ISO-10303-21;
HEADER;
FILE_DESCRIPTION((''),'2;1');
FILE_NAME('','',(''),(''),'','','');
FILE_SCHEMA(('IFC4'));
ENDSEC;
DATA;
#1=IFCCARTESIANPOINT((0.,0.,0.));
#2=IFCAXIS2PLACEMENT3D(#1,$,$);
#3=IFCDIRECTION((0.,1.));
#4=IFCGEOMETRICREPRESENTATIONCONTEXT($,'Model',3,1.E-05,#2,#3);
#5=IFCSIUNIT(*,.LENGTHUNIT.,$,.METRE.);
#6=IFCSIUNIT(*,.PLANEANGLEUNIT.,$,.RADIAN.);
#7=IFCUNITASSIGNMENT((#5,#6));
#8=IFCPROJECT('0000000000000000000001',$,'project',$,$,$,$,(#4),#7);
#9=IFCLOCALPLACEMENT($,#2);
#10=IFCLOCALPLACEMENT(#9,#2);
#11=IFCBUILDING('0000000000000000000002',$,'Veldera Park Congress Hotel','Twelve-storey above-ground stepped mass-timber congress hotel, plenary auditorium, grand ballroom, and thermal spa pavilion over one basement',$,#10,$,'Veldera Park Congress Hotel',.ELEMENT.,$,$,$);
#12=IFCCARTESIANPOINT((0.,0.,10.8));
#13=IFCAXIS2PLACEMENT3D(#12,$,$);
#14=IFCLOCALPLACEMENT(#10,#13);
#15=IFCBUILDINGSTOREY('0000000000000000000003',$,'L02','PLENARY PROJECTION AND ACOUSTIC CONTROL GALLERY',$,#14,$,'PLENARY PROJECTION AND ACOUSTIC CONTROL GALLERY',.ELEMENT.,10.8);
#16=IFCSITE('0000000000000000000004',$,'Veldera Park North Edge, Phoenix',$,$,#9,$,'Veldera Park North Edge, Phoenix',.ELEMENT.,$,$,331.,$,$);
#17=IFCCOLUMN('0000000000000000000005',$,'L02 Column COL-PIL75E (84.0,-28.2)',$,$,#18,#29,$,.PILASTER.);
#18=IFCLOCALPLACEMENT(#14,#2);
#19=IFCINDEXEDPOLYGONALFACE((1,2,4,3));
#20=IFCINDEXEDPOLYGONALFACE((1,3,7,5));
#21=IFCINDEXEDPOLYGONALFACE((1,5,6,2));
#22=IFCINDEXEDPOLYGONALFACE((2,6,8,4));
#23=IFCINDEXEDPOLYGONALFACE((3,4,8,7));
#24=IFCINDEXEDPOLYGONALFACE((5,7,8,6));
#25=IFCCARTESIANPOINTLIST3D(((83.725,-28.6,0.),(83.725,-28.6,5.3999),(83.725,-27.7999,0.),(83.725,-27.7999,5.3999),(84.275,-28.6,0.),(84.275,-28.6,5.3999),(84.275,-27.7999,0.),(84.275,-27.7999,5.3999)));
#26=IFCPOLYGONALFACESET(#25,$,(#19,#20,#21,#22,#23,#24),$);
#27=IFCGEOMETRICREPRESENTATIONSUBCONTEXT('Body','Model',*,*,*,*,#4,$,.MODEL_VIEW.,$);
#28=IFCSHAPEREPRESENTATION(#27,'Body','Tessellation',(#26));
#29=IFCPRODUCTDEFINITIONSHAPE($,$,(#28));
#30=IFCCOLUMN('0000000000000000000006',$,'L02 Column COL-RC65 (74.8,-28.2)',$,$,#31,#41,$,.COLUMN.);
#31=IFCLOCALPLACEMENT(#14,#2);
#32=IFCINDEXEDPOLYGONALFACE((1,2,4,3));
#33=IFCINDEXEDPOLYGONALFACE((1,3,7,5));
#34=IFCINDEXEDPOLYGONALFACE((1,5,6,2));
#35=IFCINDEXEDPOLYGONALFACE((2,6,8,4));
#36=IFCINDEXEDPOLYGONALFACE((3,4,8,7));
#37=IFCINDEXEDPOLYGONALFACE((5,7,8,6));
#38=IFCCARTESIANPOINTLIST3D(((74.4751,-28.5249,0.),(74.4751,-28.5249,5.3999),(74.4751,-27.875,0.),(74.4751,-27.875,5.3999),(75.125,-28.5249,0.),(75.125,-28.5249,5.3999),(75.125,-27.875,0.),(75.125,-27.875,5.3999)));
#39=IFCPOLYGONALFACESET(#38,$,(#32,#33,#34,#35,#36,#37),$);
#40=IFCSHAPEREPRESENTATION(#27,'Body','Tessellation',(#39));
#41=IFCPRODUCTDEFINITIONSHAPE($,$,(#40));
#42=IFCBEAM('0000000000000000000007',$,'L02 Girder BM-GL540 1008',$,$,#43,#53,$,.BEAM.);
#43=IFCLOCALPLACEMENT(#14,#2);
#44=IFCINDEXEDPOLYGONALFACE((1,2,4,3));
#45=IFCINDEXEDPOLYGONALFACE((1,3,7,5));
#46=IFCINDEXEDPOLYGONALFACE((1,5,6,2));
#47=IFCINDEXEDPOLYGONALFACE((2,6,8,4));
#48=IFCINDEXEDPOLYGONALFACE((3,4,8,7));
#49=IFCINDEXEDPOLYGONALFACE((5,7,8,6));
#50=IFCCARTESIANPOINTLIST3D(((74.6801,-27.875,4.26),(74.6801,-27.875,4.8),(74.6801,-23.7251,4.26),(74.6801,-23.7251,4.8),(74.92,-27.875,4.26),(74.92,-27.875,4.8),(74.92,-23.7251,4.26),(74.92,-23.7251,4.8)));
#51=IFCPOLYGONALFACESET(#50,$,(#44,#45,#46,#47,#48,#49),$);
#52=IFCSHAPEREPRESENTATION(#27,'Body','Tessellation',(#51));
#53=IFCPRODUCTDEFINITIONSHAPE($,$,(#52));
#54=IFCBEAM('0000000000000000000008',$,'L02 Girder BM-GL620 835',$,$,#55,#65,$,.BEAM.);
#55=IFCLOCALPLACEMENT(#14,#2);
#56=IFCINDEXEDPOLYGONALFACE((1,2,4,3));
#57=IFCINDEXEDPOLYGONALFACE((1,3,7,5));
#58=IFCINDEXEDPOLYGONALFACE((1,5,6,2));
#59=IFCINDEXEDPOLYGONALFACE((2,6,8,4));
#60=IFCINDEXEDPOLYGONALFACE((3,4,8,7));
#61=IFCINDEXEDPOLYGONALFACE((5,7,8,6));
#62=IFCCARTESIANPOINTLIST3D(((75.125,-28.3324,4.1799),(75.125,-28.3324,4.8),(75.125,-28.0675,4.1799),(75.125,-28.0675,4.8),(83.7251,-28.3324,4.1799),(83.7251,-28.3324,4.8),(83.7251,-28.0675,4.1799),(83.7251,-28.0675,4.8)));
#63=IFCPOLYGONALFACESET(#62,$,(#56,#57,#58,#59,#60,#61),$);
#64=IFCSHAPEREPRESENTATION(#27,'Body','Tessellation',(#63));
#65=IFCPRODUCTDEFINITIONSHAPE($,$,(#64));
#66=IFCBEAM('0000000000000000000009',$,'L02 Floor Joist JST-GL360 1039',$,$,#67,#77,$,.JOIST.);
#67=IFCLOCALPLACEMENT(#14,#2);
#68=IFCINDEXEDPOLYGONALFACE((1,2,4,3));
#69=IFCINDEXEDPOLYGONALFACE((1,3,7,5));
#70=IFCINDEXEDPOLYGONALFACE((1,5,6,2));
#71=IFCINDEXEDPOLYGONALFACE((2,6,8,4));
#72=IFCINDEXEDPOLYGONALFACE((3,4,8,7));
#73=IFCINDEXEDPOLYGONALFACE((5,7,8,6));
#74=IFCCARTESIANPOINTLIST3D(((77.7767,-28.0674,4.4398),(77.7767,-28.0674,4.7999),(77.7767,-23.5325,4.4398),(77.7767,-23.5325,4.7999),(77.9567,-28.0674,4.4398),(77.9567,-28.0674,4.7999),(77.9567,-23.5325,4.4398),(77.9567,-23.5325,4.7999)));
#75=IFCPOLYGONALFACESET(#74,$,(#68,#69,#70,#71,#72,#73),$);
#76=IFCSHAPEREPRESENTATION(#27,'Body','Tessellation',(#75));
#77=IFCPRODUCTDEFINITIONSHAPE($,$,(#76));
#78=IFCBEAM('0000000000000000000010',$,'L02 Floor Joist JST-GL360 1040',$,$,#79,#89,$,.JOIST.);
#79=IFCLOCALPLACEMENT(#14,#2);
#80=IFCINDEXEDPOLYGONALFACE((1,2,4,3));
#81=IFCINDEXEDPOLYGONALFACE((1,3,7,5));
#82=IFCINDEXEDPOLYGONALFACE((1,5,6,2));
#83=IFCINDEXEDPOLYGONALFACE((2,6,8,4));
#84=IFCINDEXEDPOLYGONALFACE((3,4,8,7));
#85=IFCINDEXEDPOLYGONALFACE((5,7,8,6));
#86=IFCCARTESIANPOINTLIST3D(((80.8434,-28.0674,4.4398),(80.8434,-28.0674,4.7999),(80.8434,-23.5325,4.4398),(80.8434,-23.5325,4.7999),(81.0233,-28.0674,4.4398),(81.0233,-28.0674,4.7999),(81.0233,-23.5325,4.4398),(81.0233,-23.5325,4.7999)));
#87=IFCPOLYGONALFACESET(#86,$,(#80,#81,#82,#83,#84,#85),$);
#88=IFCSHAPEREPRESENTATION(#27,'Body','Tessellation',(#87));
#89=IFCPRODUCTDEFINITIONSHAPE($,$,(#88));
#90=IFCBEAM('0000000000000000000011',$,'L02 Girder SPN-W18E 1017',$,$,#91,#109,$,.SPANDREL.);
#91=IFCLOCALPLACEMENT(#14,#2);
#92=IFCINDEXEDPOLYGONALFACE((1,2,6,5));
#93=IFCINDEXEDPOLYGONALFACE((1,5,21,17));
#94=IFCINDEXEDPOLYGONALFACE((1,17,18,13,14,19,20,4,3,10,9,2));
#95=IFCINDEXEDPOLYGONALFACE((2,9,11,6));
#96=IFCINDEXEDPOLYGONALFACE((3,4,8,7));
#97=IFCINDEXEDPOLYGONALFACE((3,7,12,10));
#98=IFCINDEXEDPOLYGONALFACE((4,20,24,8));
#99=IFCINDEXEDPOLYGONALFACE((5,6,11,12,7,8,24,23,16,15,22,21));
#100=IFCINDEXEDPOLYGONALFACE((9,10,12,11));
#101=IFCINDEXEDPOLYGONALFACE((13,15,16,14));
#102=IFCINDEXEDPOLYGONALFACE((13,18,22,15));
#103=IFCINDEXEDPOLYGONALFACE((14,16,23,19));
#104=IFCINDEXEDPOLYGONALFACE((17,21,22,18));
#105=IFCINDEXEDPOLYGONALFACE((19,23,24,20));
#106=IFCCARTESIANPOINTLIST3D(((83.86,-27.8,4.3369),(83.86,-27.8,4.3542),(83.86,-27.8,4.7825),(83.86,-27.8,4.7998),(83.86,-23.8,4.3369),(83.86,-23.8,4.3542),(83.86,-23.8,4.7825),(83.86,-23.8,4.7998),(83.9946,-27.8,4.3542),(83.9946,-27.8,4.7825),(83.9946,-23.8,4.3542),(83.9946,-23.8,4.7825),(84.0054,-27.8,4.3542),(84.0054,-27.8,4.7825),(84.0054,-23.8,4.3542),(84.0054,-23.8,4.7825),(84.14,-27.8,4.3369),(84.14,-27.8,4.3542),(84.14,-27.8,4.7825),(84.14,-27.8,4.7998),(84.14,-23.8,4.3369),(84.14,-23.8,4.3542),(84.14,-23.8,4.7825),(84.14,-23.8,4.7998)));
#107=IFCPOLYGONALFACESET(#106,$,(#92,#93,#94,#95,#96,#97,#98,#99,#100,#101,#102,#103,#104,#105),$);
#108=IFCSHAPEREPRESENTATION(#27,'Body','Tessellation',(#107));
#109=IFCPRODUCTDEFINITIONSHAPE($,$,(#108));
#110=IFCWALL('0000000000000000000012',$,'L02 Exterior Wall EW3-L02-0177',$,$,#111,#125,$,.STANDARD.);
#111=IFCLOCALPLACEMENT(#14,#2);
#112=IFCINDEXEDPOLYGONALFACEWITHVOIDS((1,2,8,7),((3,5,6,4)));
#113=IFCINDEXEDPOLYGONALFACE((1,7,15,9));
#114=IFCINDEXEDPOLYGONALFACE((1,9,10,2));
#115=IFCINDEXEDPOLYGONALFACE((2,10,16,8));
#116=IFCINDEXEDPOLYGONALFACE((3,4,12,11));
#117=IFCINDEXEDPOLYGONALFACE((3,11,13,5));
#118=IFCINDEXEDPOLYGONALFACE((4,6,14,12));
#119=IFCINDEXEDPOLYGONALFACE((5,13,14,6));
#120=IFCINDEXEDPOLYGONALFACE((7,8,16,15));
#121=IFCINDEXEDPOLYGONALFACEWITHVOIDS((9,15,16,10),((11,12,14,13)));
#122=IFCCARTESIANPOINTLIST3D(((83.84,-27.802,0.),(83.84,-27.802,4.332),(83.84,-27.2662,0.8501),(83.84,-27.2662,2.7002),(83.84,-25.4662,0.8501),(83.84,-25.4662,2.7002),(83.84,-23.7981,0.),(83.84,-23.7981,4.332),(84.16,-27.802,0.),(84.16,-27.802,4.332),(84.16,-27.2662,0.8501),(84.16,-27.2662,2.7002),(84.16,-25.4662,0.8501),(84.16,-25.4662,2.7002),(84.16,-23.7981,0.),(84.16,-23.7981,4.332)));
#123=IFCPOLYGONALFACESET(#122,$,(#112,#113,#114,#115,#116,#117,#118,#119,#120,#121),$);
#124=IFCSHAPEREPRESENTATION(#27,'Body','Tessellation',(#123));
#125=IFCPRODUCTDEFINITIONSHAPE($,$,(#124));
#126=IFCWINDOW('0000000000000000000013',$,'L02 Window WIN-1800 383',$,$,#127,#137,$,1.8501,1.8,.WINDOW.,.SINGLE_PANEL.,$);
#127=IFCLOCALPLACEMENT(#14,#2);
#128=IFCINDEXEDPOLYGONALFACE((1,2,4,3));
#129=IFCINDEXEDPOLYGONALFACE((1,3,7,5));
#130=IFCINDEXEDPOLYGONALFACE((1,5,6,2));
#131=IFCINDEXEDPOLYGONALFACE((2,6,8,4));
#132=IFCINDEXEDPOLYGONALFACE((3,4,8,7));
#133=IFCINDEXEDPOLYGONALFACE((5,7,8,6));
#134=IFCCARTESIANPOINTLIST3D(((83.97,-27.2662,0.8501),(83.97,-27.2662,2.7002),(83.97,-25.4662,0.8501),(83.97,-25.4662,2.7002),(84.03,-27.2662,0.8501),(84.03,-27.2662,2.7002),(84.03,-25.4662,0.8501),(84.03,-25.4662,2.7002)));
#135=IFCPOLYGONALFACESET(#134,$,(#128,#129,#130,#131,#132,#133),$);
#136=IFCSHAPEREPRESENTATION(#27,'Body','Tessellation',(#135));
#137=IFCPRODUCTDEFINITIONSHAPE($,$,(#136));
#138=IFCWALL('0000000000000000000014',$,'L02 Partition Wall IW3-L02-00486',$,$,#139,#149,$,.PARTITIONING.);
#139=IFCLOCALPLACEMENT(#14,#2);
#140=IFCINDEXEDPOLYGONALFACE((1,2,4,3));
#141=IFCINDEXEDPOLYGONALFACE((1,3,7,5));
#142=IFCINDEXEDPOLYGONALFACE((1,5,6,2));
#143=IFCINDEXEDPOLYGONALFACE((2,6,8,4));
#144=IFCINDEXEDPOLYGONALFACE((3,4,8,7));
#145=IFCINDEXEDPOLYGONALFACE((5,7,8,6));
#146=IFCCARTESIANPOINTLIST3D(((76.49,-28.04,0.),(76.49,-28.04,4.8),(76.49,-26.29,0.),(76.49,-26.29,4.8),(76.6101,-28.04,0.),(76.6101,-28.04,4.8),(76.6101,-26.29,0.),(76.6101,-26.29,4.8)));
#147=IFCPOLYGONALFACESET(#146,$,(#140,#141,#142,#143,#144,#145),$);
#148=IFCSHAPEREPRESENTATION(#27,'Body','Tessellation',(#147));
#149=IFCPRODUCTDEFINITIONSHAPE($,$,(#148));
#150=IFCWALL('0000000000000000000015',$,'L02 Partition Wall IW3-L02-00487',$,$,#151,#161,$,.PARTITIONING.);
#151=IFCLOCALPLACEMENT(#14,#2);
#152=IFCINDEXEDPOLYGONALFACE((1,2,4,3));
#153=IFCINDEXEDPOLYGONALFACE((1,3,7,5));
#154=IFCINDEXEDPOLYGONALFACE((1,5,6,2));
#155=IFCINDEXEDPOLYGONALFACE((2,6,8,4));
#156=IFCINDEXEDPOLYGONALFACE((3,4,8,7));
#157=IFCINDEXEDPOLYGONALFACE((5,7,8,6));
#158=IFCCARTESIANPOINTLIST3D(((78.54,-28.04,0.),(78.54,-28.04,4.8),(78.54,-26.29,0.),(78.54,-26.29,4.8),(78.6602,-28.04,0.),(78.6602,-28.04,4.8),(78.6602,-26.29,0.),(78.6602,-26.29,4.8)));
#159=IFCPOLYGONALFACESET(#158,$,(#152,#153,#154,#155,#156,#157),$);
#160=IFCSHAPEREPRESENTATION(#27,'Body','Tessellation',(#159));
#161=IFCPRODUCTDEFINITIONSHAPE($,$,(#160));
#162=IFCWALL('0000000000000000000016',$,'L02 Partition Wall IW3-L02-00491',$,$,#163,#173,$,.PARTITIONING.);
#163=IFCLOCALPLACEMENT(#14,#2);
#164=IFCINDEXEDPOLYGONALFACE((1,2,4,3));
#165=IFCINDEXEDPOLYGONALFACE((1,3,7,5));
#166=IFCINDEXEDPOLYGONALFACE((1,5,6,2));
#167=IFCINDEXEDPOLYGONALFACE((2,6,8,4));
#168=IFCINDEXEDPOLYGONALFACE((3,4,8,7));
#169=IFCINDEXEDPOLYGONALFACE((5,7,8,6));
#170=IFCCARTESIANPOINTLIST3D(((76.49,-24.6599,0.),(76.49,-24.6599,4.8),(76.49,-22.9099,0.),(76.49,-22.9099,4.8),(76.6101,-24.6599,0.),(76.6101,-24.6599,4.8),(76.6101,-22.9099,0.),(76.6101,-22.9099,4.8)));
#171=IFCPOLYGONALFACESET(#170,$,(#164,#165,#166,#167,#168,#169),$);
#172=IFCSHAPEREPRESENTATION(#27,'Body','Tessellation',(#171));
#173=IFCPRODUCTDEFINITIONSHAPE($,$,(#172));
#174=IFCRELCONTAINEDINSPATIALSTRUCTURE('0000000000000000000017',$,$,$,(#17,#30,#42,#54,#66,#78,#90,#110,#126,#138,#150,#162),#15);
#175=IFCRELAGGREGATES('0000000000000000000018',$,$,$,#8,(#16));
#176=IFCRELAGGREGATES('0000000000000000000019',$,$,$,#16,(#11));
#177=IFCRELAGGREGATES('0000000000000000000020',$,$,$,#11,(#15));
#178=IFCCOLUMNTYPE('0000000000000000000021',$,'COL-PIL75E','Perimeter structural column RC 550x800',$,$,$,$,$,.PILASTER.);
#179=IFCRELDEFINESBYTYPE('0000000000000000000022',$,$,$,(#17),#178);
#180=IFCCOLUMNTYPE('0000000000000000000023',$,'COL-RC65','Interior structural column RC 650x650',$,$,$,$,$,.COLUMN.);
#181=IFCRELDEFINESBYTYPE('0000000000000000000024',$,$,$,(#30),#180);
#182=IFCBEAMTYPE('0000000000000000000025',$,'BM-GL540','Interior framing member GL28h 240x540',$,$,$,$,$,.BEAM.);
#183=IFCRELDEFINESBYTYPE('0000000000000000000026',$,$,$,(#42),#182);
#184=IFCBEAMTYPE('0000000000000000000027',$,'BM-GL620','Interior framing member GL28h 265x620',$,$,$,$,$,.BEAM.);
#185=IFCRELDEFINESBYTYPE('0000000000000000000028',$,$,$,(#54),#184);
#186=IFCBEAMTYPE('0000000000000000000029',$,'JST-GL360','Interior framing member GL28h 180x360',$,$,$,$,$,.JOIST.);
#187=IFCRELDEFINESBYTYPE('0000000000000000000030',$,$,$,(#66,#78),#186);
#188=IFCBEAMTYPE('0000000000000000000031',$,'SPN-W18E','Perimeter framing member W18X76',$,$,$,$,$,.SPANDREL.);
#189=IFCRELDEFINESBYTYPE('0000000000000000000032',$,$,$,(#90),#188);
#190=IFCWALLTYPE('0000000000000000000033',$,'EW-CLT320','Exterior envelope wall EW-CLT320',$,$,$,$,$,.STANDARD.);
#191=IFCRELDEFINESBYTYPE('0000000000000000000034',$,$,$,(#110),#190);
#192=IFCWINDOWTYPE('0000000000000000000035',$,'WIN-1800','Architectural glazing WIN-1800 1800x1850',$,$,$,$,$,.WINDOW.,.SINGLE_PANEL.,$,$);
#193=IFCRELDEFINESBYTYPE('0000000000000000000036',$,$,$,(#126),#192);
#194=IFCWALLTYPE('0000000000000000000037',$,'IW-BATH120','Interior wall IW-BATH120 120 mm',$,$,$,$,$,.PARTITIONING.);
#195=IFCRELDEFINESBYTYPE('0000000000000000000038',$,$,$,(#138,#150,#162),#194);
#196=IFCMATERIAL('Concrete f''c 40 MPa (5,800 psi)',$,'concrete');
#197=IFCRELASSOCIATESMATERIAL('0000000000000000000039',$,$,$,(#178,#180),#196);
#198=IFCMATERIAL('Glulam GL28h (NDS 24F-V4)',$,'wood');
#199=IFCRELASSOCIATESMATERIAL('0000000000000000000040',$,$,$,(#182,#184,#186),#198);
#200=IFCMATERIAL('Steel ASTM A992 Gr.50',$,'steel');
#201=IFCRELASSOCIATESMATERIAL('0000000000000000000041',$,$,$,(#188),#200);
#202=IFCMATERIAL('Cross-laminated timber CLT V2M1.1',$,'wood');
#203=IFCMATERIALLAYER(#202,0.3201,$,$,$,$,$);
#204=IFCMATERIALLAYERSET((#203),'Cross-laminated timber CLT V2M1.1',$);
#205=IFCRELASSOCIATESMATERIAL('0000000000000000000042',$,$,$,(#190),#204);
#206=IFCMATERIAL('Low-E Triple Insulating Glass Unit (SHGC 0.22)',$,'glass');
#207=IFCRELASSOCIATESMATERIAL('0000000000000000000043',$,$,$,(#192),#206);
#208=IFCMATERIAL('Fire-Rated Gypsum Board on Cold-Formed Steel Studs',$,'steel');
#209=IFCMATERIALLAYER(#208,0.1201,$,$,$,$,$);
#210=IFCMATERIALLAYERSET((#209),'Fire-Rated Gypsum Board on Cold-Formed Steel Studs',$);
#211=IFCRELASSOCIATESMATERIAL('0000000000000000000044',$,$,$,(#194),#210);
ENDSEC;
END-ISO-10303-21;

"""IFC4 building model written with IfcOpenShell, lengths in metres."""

from ifc_helpers import new_model, si_unit, direction, frame, frame_2d, origin, origin_2d, place, context, subcontext, project, spatial, rectangle, i_section, extrude, material, layer, layer_set, material_profile, profile_set, type_object, element, fill, save


model = new_model("IFC4")

# Units and contexts
model_context = context("Model", 3, precision=1e-05, world=origin(), true_north=direction((0.0, 1.0)))
body_context = subcontext(model_context, "Body", "Model", "MODEL_VIEW")
ifc_project = project(units=[si_unit("LENGTHUNIT", "METRE"), si_unit("PLANEANGLEUNIT", "RADIAN")], contexts=[model_context])

# Site, building, storey
site_placement = place(None, origin())
site = spatial("IfcSite", under=ifc_project, at=site_placement, Name="Veldera Park North Edge, Phoenix", LongName="Veldera Park North Edge, Phoenix", CompositionType="ELEMENT", RefElevation=331.0)
building_placement = place(site_placement, origin())
building = spatial("IfcBuilding", under=site, at=building_placement, Name="Veldera Park Congress Hotel", Description="Twelve-storey above-ground stepped mass-timber congress hotel, plenary auditorium, grand ballroom, and thermal spa pavilion over one basement", LongName="Veldera Park Congress Hotel", CompositionType="ELEMENT")
storey_placement = place(building_placement, frame((0.0, 0.0, 10.8)))
storey = spatial("IfcBuildingStorey", under=building, at=storey_placement, Name="L02", Description="PLENARY PROJECTION AND ACOUSTIC CONTROL GALLERY", LongName="PLENARY PROJECTION AND ACOUSTIC CONTROL GALLERY", CompositionType="ELEMENT", Elevation=10.8)

# Columns
ifc_material_1 = material(Name="Concrete f'c 40 MPa (5,800 psi)", Category="concrete")
ifc_material_profile_1 = material_profile(ifc_material_1, rectangle(XDim=0.55, YDim=0.8, at=origin_2d()), Name="RC 550x800")
ifc_profile_set_1 = profile_set([ifc_material_profile_1], Name="Concrete f'c 40 MPa (5,800 psi)")
column_type_1 = type_object("IfcColumnType", Name="COL-PIL75E", Description="Perimeter structural column RC 550x800", PredefinedType="PILASTER", material=ifc_profile_set_1)
column_1_placement = place(storey_placement, frame((84.0, -28.2, 0.0), z_axis=(0.0, 0.0, 1.0), x_axis=(1.0, 0.0, 0.0)))
element("IfcColumn", 1, at=column_1_placement, inside=storey, type_object=column_type_1, Name="L02 Column COL-PIL75E (84.0,-28.2)", PredefinedType="PILASTER", context=body_context, shape_type="SweptSolid", body=[
    extrude(rectangle(XDim=0.55, YDim=0.8, at=origin_2d()), origin(), (0.0, 0.0, 1.0), 5.3999),
])
ifc_material_profile_2 = material_profile(ifc_material_1, rectangle(XDim=0.6499, YDim=0.6499, at=origin_2d()), Name="RC 650x650")
ifc_profile_set_2 = profile_set([ifc_material_profile_2], Name="Concrete f'c 40 MPa (5,800 psi)")
column_type_2 = type_object("IfcColumnType", Name="COL-RC65", Description="Interior structural column RC 650x650", PredefinedType="COLUMN", material=ifc_profile_set_2)
column_2_placement = place(storey_placement, frame((74.8, -28.2, 0.0), z_axis=(0.0, 0.0, 1.0), x_axis=(1.0, 0.0, 0.0)))
element("IfcColumn", 2, at=column_2_placement, inside=storey, type_object=column_type_2, Name="L02 Column COL-RC65 (74.8,-28.2)", PredefinedType="COLUMN", context=body_context, shape_type="SweptSolid", body=[
    extrude(rectangle(XDim=0.6499, YDim=0.6499, at=origin_2d()), origin(), (0.0, 0.0, 1.0), 5.3999),
])

# Beams
ifc_material_2 = material(Name="Glulam GL28h (NDS 24F-V4)", Category="wood")
ifc_material_profile_3 = material_profile(ifc_material_2, rectangle(XDim=0.24, YDim=0.54, at=origin_2d()), Name="GL28h 240x540")
ifc_profile_set_3 = profile_set([ifc_material_profile_3], Name="Glulam GL28h (NDS 24F-V4)")
beam_type_1 = type_object("IfcBeamType", Name="BM-GL540", Description="Interior framing member GL28h 240x540", PredefinedType="BEAM", material=ifc_profile_set_3)
beam_1_placement = place(storey_placement, frame((74.8, -27.875, 4.53), z_axis=(0.0, 1.0, 0.0), x_axis=(-1.0, 0.0, 0.0)))
element("IfcBeam", 3, at=beam_1_placement, inside=storey, type_object=beam_type_1, Name="L02 Girder BM-GL540 1008", PredefinedType="BEAM", context=body_context, shape_type="SweptSolid", body=[
    extrude(rectangle(XDim=0.24, YDim=0.54, at=origin_2d()), origin(), (0.0, 0.0, 1.0), 4.1499),
])
ifc_material_profile_4 = material_profile(ifc_material_2, rectangle(XDim=0.2649, YDim=0.6201, at=origin_2d()), Name="GL28h 265x620")
ifc_profile_set_4 = profile_set([ifc_material_profile_4], Name="Glulam GL28h (NDS 24F-V4)")
beam_type_2 = type_object("IfcBeamType", Name="BM-GL620", Description="Interior framing member GL28h 265x620", PredefinedType="BEAM", material=ifc_profile_set_4)
beam_2_placement = place(storey_placement, frame((75.125, -28.2, 4.49), z_axis=(1.0, 0.0, 0.0), x_axis=(0.0, 1.0, 0.0)))
element("IfcBeam", 4, at=beam_2_placement, inside=storey, type_object=beam_type_2, Name="L02 Girder BM-GL620 835", PredefinedType="BEAM", context=body_context, shape_type="SweptSolid", body=[
    extrude(rectangle(XDim=0.2649, YDim=0.6201, at=origin_2d()), origin(), (0.0, 0.0, 1.0), 8.6001),
])
ifc_material_profile_5 = material_profile(ifc_material_2, rectangle(XDim=0.1799, YDim=0.3601, at=origin_2d()), Name="GL28h 180x360")
ifc_profile_set_5 = profile_set([ifc_material_profile_5], Name="Glulam GL28h (NDS 24F-V4)")
beam_type_3 = type_object("IfcBeamType", Name="JST-GL360", Description="Interior framing member GL28h 180x360", PredefinedType="JOIST", material=ifc_profile_set_5)
for number, where, z_axis, x_axis, name in (
    (5, (77.8667, -28.0674, 4.6199), (0.0, 1.0, 0.0), (-1.0, 0.0, 0.0), "L02 Floor Joist JST-GL360 1039"),
    (6, (80.9333, -28.0674, 4.6199), (0.0, 1.0, 0.0), (-1.0, 0.0, 0.0), "L02 Floor Joist JST-GL360 1040"),
):
    element("IfcBeam", number, at=place(storey_placement, frame(where, z_axis=z_axis, x_axis=x_axis)), inside=storey, type_object=beam_type_3, Name=name, PredefinedType="JOIST", context=body_context, shape_type="SweptSolid", body=[
        extrude(rectangle(XDim=0.1799, YDim=0.3601, at=origin_2d()), origin(), (0.0, 0.0, 1.0), 4.5349),
    ])
ifc_material_3 = material(Name="Steel ASTM A992 Gr.50", Category="steel")
ifc_material_profile_6 = material_profile(ifc_material_3, i_section(OverallWidth=0.28, OverallDepth=0.4629, WebThickness=0.0107, FlangeThickness=0.0173, at=origin_2d()), Name="W18X76")
ifc_profile_set_6 = profile_set([ifc_material_profile_6], Name="Steel ASTM A992 Gr.50")
beam_type_4 = type_object("IfcBeamType", Name="SPN-W18E", Description="Perimeter framing member W18X76", PredefinedType="SPANDREL", material=ifc_profile_set_6)
beam_3_placement = place(storey_placement, frame((84.0, -27.8, 4.5684), z_axis=(0.0, 1.0, 0.0), x_axis=(-1.0, 0.0, 0.0)))
element("IfcBeam", 7, at=beam_3_placement, inside=storey, type_object=beam_type_4, Name="L02 Girder SPN-W18E 1017", PredefinedType="SPANDREL", context=body_context, shape_type="SweptSolid", body=[
    extrude(i_section(OverallWidth=0.28, OverallDepth=0.4629, WebThickness=0.0107, FlangeThickness=0.0173, at=origin_2d()), origin(), (0.0, 0.0, 1.0), 4.0),
])

# Wall, opening, window
ifc_material_4 = material(Name="Cross-laminated timber CLT V2M1.1", Category="wood")
ifc_layer_1 = layer(ifc_material_4, 0.3201)
ifc_layer_set_1 = layer_set([ifc_layer_1], Name="Cross-laminated timber CLT V2M1.1")
wall_type_1 = type_object("IfcWallType", Name="EW-CLT320", Description="Exterior envelope wall EW-CLT320", PredefinedType="STANDARD", material=ifc_layer_set_1)
wall_1_placement = place(storey_placement, frame((84.0, -27.802, 0.0), z_axis=(0.0, 0.0, 1.0), x_axis=(0.0, 1.0, 0.0)))
wall_1 = element("IfcWall", 8, at=wall_1_placement, inside=storey, type_object=wall_type_1, Name="L02 Exterior Wall EW3-L02-0177", PredefinedType="STANDARD", context=body_context, shape_type="SweptSolid", body=[
    extrude(rectangle(XDim=4.0039, YDim=0.3201, at=frame_2d((2.002, 0.0))), origin(), (0.0, 0.0, 1.0), 4.332),
])
opening_1_placement = place(wall_1_placement, frame((0.5359, 0.0, 0.8501)))
opening_1 = element("IfcOpeningElement", 9, at=opening_1_placement, cuts=wall_1, PredefinedType="OPENING", context=body_context, shape_type="SweptSolid", body=[
    extrude(rectangle(XDim=1.8, YDim=1.8501, at=frame_2d((0.8999, 0.925))), frame((0.0, 0.1721, 0.0), z_axis=(0.0, -1.0, 0.0), x_axis=(1.0, 0.0, 0.0)), (0.0, 0.0, 1.0), 0.344),
])
ifc_material_5 = material(Name="Low-E Triple Insulating Glass Unit (SHGC 0.22)", Category="glass")
window_type = type_object("IfcWindowType", Name="WIN-1800", Description="Architectural glazing WIN-1800 1800x1850", PartitioningType="SINGLE_PANEL", PredefinedType="WINDOW", material=ifc_material_5)
window_placement = place(opening_1_placement, origin())
window = element("IfcWindow", 10, at=window_placement, inside=storey, type_object=window_type, Name="L02 Window WIN-1800 383", OverallHeight=1.8501, OverallWidth=1.8, PartitioningType="SINGLE_PANEL", PredefinedType="WINDOW", context=body_context, shape_type="SweptSolid", body=[
    extrude(rectangle(XDim=1.8, YDim=1.8501, at=frame_2d((0.8999, 0.925))), frame((0.0, 0.03, 0.0), z_axis=(0.0, -1.0, 0.0), x_axis=(1.0, 0.0, 0.0)), (0.0, 0.0, 1.0), 0.0601),
])
fill(opening_1, window)

# Shared definitions
ifc_material_6 = material(Name="Fire-Rated Gypsum Board on Cold-Formed Steel Studs", Category="steel")
ifc_layer_2 = layer(ifc_material_6, 0.1201)
ifc_layer_set_2 = layer_set([ifc_layer_2], Name="Fire-Rated Gypsum Board on Cold-Formed Steel Studs")
wall_type_2 = type_object("IfcWallType", Name="IW-BATH120", Description="Interior wall IW-BATH120 120 mm", PredefinedType="PARTITIONING", material=ifc_layer_set_2)

# Walls
for number, where, z_axis, x_axis, name in (
    (11, (76.55, -28.04, 0.0), (0.0, 0.0, 1.0), (0.0, 1.0, 0.0), "L02 Partition Wall IW3-L02-00486"),
    (12, (78.6001, -28.04, 0.0), (0.0, 0.0, 1.0), (0.0, 1.0, 0.0), "L02 Partition Wall IW3-L02-00487"),
):
    element("IfcWall", number, at=place(storey_placement, frame(where, z_axis=z_axis, x_axis=x_axis)), inside=storey, type_object=wall_type_2, Name=name, PredefinedType="PARTITIONING", context=body_context, shape_type="SweptSolid", body=[
        extrude(rectangle(XDim=1.75, YDim=0.1201, at=frame_2d((0.875, 0.0))), origin(), (0.0, 0.0, 1.0), 4.8),
    ])

# Wall
for number, where, z_axis, x_axis, name in (
    (13, (76.55, -24.6599, 0.0), (0.0, 0.0, 1.0), (0.0, 1.0, 0.0), "L02 Partition Wall IW3-L02-00491"),
):
    element("IfcWall", number, at=place(storey_placement, frame(where, z_axis=z_axis, x_axis=x_axis)), inside=storey, type_object=wall_type_2, Name=name, PredefinedType="PARTITIONING", context=body_context, shape_type="SweptSolid", body=[
        extrude(rectangle(XDim=1.75, YDim=0.1201, at=frame_2d((0.875, 0.0))), origin(), (0.0, 0.0, 1.0), 4.8),
    ])

save(model, "model.ifc")
